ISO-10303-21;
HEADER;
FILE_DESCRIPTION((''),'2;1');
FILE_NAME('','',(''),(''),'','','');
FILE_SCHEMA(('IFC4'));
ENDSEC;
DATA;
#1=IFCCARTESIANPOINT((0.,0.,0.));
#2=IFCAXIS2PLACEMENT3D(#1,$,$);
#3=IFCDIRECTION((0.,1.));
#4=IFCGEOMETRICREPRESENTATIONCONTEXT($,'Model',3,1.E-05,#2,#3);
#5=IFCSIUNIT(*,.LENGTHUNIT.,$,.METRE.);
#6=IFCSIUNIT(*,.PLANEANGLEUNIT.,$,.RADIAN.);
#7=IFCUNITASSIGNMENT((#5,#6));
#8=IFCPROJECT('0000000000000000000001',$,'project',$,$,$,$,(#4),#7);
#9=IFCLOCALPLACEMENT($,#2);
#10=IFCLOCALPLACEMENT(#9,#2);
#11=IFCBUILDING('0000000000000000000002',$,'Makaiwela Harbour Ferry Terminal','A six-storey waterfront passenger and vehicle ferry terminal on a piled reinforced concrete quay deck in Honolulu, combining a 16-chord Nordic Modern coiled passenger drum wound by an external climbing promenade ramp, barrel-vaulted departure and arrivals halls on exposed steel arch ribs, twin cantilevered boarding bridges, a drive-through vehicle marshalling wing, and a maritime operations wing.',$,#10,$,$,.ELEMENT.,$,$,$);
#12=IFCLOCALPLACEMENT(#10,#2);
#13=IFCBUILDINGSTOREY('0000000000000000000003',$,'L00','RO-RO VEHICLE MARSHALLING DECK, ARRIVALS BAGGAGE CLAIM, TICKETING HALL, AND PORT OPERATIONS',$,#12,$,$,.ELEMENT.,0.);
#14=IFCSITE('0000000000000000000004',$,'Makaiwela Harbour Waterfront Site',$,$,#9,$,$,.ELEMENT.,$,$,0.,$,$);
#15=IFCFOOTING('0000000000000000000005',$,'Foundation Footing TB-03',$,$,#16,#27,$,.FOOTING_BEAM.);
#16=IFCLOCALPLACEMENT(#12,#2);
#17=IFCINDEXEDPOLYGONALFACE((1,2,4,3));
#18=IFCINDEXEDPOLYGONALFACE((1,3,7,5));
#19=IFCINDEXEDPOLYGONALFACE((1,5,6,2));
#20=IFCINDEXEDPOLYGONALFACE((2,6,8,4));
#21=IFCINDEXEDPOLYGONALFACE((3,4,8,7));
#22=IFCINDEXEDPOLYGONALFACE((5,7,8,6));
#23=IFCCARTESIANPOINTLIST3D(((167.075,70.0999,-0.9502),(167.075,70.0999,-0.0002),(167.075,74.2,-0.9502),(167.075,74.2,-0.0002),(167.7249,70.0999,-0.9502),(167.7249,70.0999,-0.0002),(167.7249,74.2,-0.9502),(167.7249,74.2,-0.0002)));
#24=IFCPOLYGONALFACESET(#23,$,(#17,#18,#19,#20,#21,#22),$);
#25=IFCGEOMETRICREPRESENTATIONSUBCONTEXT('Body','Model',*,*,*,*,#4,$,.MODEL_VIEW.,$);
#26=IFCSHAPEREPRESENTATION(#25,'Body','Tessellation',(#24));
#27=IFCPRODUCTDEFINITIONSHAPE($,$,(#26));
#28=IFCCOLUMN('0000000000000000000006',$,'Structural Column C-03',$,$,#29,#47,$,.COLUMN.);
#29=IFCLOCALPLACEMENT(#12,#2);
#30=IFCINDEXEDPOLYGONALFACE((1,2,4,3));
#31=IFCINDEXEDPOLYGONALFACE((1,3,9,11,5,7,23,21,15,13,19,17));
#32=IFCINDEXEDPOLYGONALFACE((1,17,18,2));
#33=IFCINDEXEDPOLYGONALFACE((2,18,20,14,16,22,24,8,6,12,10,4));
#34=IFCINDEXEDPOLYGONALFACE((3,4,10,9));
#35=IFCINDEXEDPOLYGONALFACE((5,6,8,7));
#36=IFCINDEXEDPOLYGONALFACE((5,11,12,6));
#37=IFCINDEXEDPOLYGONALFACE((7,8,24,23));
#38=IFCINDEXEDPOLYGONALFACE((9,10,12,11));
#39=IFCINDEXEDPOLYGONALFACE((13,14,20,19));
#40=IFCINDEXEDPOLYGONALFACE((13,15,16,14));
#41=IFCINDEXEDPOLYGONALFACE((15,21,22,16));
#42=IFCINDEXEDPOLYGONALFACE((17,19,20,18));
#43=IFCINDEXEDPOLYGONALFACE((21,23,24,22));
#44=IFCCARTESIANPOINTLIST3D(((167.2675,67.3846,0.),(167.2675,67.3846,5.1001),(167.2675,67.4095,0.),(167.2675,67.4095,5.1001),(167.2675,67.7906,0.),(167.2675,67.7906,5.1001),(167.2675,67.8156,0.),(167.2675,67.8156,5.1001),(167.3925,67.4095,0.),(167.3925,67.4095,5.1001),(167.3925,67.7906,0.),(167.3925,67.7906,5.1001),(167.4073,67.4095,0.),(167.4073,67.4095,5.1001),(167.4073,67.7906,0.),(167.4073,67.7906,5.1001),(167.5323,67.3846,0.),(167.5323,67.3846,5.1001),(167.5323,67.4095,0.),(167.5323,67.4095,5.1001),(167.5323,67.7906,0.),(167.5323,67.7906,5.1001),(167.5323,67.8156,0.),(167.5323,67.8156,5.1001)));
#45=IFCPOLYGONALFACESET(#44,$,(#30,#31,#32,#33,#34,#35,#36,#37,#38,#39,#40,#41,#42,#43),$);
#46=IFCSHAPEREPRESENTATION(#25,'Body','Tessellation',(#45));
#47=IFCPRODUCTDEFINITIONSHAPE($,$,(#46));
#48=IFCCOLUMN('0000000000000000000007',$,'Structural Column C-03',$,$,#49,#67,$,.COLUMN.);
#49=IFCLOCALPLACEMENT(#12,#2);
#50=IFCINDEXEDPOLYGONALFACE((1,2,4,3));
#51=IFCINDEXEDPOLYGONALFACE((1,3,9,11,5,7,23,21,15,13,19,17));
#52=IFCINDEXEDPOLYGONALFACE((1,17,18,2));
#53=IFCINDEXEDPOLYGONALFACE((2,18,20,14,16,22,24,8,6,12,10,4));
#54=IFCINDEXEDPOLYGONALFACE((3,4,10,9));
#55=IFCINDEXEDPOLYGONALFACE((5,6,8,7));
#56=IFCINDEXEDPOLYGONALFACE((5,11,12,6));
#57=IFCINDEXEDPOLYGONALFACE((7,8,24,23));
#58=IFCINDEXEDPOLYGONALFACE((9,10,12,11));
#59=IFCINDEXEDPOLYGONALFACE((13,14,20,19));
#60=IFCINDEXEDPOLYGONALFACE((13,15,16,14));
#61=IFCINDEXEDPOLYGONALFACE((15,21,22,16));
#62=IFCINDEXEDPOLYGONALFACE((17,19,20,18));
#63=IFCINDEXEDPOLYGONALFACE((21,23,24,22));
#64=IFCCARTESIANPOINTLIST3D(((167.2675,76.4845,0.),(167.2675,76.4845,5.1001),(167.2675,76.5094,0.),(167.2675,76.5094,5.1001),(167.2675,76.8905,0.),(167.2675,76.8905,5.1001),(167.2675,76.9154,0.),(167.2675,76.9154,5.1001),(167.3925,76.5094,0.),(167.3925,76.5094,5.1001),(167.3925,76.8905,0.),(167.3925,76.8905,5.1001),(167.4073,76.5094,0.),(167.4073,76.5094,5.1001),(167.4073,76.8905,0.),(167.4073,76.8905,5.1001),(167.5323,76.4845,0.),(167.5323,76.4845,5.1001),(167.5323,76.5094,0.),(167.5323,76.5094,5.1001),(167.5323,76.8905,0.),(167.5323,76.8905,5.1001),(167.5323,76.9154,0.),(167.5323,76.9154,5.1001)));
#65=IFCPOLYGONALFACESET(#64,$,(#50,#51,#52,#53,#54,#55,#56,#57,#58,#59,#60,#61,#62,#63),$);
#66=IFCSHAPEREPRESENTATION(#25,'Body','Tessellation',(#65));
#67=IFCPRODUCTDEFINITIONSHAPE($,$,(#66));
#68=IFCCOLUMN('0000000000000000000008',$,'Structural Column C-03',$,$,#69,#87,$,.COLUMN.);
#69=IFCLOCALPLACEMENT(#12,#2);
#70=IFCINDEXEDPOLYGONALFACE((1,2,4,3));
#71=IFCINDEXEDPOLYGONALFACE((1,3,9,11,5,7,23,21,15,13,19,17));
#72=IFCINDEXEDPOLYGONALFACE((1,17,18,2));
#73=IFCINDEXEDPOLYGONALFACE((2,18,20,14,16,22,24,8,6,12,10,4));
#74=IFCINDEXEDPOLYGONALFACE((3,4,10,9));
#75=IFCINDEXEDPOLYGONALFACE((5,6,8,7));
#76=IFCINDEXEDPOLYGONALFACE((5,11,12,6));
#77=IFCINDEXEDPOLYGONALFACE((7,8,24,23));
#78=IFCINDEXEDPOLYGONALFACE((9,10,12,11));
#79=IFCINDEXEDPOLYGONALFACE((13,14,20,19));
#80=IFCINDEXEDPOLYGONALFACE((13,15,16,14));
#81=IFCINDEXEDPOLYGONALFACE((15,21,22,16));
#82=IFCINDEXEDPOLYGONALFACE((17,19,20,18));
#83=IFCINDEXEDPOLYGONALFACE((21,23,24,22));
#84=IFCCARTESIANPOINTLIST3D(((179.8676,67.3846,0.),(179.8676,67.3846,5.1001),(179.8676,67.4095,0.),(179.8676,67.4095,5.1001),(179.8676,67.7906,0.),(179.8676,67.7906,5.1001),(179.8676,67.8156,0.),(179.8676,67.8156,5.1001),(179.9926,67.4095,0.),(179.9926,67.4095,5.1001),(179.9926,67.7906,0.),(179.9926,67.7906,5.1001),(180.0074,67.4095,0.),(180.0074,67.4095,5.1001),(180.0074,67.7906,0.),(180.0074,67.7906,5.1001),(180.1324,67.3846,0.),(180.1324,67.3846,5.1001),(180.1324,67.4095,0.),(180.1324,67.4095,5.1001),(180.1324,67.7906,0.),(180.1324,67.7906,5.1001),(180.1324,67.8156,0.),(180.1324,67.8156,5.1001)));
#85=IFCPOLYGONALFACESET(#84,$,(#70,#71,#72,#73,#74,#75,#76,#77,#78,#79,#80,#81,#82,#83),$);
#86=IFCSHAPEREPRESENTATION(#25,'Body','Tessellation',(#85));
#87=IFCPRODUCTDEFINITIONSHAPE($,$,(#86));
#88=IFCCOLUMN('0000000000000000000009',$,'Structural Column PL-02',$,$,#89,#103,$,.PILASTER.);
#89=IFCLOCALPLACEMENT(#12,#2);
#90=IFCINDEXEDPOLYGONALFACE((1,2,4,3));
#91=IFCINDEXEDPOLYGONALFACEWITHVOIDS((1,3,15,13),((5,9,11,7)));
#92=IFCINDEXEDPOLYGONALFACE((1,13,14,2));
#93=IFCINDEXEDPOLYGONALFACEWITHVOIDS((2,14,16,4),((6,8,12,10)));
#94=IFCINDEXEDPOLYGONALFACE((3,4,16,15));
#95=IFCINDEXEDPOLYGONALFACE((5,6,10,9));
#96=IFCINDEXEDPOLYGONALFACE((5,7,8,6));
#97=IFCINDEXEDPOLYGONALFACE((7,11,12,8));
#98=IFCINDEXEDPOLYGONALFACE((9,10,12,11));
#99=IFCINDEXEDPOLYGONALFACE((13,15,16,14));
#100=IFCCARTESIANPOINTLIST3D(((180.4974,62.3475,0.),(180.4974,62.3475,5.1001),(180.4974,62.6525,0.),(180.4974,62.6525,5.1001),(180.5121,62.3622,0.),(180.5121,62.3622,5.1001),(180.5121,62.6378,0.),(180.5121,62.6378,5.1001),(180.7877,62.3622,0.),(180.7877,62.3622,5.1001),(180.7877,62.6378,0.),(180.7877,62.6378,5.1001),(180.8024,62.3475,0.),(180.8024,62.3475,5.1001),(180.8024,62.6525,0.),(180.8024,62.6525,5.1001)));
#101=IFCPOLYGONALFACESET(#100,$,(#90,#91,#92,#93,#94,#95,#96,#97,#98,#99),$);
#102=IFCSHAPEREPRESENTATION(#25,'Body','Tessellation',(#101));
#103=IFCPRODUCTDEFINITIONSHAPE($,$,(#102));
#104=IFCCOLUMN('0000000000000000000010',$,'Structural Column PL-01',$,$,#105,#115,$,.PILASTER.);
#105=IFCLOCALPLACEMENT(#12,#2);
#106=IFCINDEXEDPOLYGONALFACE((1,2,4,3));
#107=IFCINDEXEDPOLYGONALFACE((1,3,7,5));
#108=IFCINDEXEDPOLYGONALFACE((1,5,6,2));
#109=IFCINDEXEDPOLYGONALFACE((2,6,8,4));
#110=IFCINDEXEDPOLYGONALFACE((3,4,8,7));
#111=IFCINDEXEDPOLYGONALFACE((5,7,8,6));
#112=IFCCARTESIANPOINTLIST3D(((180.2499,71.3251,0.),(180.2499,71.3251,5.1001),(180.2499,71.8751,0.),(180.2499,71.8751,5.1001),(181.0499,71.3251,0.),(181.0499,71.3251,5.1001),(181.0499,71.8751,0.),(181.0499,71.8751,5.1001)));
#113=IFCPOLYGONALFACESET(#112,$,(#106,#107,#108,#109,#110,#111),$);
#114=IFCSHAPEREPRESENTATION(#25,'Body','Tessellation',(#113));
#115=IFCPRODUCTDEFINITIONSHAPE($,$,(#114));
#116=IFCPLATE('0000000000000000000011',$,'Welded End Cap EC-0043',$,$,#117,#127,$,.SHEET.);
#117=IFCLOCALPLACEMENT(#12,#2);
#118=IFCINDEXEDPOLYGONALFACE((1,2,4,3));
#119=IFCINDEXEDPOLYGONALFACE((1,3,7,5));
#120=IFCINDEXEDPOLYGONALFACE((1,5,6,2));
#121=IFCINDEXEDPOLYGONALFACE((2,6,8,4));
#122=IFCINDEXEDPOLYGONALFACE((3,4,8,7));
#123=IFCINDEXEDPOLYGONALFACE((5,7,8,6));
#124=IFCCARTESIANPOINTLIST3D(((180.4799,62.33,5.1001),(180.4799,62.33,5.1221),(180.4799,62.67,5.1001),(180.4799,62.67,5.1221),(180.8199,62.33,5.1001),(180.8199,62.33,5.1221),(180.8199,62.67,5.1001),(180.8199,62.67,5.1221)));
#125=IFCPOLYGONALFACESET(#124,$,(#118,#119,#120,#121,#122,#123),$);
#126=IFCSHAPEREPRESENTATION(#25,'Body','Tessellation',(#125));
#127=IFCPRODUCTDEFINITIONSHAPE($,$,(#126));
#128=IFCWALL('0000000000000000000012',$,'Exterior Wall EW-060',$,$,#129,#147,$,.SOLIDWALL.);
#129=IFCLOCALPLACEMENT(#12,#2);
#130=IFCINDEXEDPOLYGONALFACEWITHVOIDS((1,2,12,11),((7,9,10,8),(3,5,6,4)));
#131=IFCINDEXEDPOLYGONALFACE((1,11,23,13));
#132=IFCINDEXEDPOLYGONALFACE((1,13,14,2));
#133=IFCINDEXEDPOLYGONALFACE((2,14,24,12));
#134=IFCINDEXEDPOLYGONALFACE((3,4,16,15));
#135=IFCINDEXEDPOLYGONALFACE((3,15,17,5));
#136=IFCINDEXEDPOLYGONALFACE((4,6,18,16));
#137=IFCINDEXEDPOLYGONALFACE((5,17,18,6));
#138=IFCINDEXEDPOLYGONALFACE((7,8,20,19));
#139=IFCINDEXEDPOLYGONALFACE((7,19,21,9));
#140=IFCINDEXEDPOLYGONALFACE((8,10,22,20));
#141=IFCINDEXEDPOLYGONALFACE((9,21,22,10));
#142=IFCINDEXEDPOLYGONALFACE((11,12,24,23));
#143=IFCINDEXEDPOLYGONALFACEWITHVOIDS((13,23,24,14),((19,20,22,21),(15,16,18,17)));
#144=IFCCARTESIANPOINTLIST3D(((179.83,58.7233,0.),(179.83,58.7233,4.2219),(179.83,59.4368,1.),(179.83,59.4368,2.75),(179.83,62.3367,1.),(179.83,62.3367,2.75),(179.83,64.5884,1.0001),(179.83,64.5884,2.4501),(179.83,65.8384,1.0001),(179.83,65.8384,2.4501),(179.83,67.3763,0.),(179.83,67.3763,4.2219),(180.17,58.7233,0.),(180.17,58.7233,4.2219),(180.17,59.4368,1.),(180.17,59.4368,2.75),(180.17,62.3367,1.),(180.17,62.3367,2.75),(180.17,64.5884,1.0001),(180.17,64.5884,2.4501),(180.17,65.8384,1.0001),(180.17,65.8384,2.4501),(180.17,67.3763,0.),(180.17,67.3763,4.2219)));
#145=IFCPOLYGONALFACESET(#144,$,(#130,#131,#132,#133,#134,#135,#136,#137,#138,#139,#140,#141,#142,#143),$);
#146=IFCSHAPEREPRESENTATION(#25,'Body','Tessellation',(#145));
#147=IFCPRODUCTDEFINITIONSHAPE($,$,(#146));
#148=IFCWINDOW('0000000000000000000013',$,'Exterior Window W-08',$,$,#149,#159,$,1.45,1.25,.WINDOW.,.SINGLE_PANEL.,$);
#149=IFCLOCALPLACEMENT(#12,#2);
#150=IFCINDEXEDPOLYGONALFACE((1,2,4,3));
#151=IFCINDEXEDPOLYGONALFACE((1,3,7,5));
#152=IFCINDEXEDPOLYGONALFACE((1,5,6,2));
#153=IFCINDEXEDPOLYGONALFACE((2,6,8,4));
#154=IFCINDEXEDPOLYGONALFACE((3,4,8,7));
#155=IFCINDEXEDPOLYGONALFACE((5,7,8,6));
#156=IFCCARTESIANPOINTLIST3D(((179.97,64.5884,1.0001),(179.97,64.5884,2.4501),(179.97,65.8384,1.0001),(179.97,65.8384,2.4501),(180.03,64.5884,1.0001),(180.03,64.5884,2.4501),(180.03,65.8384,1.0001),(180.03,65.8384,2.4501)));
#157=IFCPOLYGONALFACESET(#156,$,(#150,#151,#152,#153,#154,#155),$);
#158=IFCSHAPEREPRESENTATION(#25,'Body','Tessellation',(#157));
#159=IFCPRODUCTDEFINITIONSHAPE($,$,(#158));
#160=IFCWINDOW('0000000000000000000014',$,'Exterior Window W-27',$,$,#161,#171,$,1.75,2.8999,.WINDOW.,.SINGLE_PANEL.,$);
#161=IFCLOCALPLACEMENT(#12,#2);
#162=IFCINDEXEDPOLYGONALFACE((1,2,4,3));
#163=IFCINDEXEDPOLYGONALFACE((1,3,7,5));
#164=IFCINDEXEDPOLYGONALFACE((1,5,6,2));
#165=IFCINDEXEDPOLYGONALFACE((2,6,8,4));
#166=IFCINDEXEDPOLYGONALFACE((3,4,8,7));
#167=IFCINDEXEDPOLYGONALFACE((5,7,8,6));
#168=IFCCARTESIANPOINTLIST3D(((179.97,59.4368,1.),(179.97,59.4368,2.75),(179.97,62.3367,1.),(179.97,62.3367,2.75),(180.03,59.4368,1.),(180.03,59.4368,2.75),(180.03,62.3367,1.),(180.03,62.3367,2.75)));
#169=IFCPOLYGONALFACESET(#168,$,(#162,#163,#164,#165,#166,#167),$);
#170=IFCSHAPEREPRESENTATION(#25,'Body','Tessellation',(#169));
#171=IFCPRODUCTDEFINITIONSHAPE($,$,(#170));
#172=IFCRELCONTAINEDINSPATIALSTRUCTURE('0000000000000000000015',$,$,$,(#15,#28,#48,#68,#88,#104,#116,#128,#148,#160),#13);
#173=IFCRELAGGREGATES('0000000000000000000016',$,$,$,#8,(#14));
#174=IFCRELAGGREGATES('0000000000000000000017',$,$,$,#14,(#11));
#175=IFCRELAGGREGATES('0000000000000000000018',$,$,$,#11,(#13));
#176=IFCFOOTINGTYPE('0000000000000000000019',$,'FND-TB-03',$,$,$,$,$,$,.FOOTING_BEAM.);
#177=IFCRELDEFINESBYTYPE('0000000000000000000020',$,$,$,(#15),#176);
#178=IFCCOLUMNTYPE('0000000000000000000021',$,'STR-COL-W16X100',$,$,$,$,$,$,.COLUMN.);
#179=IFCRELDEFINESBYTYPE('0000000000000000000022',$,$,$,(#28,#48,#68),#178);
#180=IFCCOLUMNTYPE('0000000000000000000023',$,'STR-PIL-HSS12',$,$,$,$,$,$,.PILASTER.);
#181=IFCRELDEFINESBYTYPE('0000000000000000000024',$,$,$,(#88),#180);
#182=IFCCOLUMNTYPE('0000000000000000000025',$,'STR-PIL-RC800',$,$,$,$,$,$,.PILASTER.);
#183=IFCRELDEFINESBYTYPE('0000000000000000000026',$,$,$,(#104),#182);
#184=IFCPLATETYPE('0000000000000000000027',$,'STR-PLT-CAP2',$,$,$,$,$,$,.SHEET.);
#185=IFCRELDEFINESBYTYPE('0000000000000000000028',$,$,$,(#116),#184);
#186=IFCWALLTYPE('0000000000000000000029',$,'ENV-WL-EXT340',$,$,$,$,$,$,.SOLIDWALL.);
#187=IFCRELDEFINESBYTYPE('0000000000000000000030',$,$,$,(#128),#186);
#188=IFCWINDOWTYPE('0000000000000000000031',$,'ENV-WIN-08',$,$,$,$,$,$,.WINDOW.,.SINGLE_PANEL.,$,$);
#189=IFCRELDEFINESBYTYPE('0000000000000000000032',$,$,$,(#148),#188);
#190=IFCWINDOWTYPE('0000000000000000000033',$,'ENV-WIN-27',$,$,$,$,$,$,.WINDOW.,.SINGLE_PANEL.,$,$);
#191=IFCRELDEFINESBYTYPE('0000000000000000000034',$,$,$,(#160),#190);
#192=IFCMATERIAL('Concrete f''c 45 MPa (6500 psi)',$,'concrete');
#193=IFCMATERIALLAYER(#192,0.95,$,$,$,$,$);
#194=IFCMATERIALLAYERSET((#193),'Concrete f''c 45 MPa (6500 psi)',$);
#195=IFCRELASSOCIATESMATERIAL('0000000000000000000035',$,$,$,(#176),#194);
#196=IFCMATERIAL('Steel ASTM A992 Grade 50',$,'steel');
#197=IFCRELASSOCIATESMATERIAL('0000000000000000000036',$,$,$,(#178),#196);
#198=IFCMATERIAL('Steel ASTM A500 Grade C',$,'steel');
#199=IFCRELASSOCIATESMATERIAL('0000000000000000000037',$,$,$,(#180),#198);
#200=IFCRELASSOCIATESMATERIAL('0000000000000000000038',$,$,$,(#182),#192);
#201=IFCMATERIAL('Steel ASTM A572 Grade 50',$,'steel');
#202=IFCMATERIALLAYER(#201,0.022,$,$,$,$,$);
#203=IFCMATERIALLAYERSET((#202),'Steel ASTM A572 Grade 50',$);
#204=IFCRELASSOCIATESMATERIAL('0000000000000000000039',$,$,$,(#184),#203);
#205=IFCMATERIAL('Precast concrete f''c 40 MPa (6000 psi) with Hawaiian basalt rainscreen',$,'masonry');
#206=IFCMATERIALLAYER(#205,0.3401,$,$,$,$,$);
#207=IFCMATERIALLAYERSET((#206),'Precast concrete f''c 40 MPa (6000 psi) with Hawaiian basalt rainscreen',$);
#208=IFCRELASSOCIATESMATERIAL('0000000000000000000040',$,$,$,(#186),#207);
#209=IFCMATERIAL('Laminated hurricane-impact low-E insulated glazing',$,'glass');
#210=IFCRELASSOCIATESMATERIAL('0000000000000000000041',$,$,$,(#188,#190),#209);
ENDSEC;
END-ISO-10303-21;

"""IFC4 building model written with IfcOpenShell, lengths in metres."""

from ifc_helpers import new_model, si_unit, direction, frame, frame_2d, origin, origin_2d, place, context, subcontext, project, spatial, rectangle, hollow_rectangle, i_section, extrude, material, layer, layer_set, material_profile, profile_set, type_object, element, fill, save


model = new_model("IFC4")

# Units and contexts
model_context = context("Model", 3, precision=1e-05, world=origin(), true_north=direction((0.0, 1.0)))
body_context = subcontext(model_context, "Body", "Model", "MODEL_VIEW")
ifc_project = project(units=[si_unit("LENGTHUNIT", "METRE"), si_unit("PLANEANGLEUNIT", "RADIAN")], contexts=[model_context])

# Site, building, storey
site_placement = place(None, origin())
site = spatial("IfcSite", under=ifc_project, at=site_placement, Name="Makaiwela Harbour Waterfront Site", CompositionType="ELEMENT", RefElevation=0.0)
building_placement = place(site_placement, origin())
building = spatial("IfcBuilding", under=site, at=building_placement, Name="Makaiwela Harbour Ferry Terminal", Description="A six-storey waterfront passenger and vehicle ferry terminal on a piled reinforced concrete quay deck in Honolulu, combining a 16-chord Nordic Modern coiled passenger drum wound by an external climbing promenade ramp, barrel-vaulted departure and arrivals halls on exposed steel arch ribs, twin cantilevered boarding bridges, a drive-through vehicle marshalling wing, and a maritime operations wing.", CompositionType="ELEMENT")
storey_placement = place(building_placement, origin())
storey = spatial("IfcBuildingStorey", under=building, at=storey_placement, Name="L00", Description="RO-RO VEHICLE MARSHALLING DECK, ARRIVALS BAGGAGE CLAIM, TICKETING HALL, AND PORT OPERATIONS", CompositionType="ELEMENT", Elevation=0.0)

# Shared definitions
ifc_material_1 = material(Name="Concrete f'c 45 MPa (6500 psi)", Category="concrete")

# Footing
ifc_layer_1 = layer(ifc_material_1, 0.95)
ifc_layer_set_1 = layer_set([ifc_layer_1], Name="Concrete f'c 45 MPa (6500 psi)")
footing_type_1 = type_object("IfcFootingType", Name="FND-TB-03", PredefinedType="FOOTING_BEAM", material=ifc_layer_set_1)
footing_1_placement = place(storey_placement, frame((167.3999, 72.1499, -0.9502), z_axis=(0.0, 0.0, 1.0), x_axis=(0.0, 1.0, 0.0)))
element("IfcFooting", 1, at=footing_1_placement, inside=storey, type_object=footing_type_1, Name="Foundation Footing TB-03", PredefinedType="FOOTING_BEAM", context=body_context, shape_type="SweptSolid", body=[
    extrude(rectangle(XDim=4.1001, YDim=0.6499, at=origin_2d()), origin(), (0.0, 0.0, 1.0), 0.95),
])

# Columns
ifc_material_2 = material(Name="Steel ASTM A992 Grade 50", Category="steel")
ifc_material_profile_1 = material_profile(ifc_material_2, i_section(OverallWidth=0.2649, OverallDepth=0.4309, WebThickness=0.0149, FlangeThickness=0.0249, at=origin_2d()), Name="W16X100")
ifc_profile_set_1 = profile_set([ifc_material_profile_1], Name="Steel ASTM A992 Grade 50")
column_type_1 = type_object("IfcColumnType", Name="STR-COL-W16X100", PredefinedType="COLUMN", material=ifc_profile_set_1)
for number, where, z_axis, x_axis, name in (
    (2, (167.3999, 67.6001, 0.0), (0.0, 0.0, 1.0), (1.0, 0.0, 0.0), "Structural Column C-03"),
    (3, (167.3999, 76.7, 0.0), (0.0, 0.0, 1.0), (1.0, 0.0, 0.0), "Structural Column C-03"),
    (4, (180.0, 67.6001, 0.0), (0.0, 0.0, 1.0), (1.0, 0.0, 0.0), "Structural Column C-03"),
):
    element("IfcColumn", number, at=place(storey_placement, frame(where, z_axis=z_axis, x_axis=x_axis)), inside=storey, type_object=column_type_1, Name=name, PredefinedType="COLUMN", context=body_context, shape_type="SweptSolid", body=[
        extrude(i_section(OverallWidth=0.2649, OverallDepth=0.4309, WebThickness=0.0149, FlangeThickness=0.0249, at=origin_2d()), origin(), (0.0, 0.0, 1.0), 5.1001),
    ])
ifc_material_3 = material(Name="Steel ASTM A500 Grade C", Category="steel")
ifc_material_profile_2 = material_profile(ifc_material_3, hollow_rectangle(XDim=0.3049, YDim=0.3049, WallThickness=0.0146, at=origin_2d()), Name="HSS12X12X5/8")
ifc_profile_set_2 = profile_set([ifc_material_profile_2], Name="Steel ASTM A500 Grade C")
column_type_2 = type_object("IfcColumnType", Name="STR-PIL-HSS12", PredefinedType="PILASTER", material=ifc_profile_set_2)
column_1_placement = place(storey_placement, frame((180.6499, 62.5, 0.0), z_axis=(0.0, 0.0, 1.0), x_axis=(0.0, 1.0, 0.0)))
element("IfcColumn", 5, at=column_1_placement, inside=storey, type_object=column_type_2, Name="Structural Column PL-02", PredefinedType="PILASTER", context=body_context, shape_type="SweptSolid", body=[
    extrude(hollow_rectangle(XDim=0.3049, YDim=0.3049, WallThickness=0.0146, at=origin_2d()), origin(), (0.0, 0.0, 1.0), 5.1001),
])
ifc_material_profile_3 = material_profile(ifc_material_1, rectangle(XDim=0.55, YDim=0.8, at=origin_2d()), Name="RC-800X550")
ifc_profile_set_3 = profile_set([ifc_material_profile_3], Name="Concrete f'c 45 MPa (6500 psi)")
column_type_3 = type_object("IfcColumnType", Name="STR-PIL-RC800", PredefinedType="PILASTER", material=ifc_profile_set_3)
column_2_placement = place(storey_placement, frame((180.6499, 71.6001, 0.0), z_axis=(0.0, 0.0, 1.0), x_axis=(0.0, 1.0, 0.0)))
element("IfcColumn", 6, at=column_2_placement, inside=storey, type_object=column_type_3, Name="Structural Column PL-01", PredefinedType="PILASTER", context=body_context, shape_type="SweptSolid", body=[
    extrude(rectangle(XDim=0.55, YDim=0.8, at=origin_2d()), origin(), (0.0, 0.0, 1.0), 5.1001),
])

# Plate
ifc_material_4 = material(Name="Steel ASTM A572 Grade 50", Category="steel")
ifc_layer_2 = layer(ifc_material_4, 0.022)
ifc_layer_set_2 = layer_set([ifc_layer_2], Name="Steel ASTM A572 Grade 50")
plate_type = type_object("IfcPlateType", Name="STR-PLT-CAP2", PredefinedType="SHEET", material=ifc_layer_set_2)
plate_placement = place(storey_placement, frame((180.6499, 62.5, 5.1001), z_axis=(0.0, 0.0, 1.0), x_axis=(1.0, 0.0, 0.0)))
element("IfcPlate", 7, at=plate_placement, inside=storey, type_object=plate_type, Name="Welded End Cap EC-0043", PredefinedType="SHEET", context=body_context, shape_type="SweptSolid", body=[
    extrude(rectangle(XDim=0.3401, YDim=0.3401, at=origin_2d()), origin(), (0.0, 0.0, 1.0), 0.022),
])

# Wall, openings, windows
ifc_material_5 = material(Name="Precast concrete f'c 40 MPa (6000 psi) with Hawaiian basalt rainscreen", Category="masonry")
ifc_layer_3 = layer(ifc_material_5, 0.3401)
ifc_layer_set_3 = layer_set([ifc_layer_3], Name="Precast concrete f'c 40 MPa (6000 psi) with Hawaiian basalt rainscreen")
wall_type = type_object("IfcWallType", Name="ENV-WL-EXT340", PredefinedType="SOLIDWALL", material=ifc_layer_set_3)
wall_1_placement = place(storey_placement, frame((180.0, 67.3765, 0.0), z_axis=(0.0, 0.0, 1.0), x_axis=(0.0, -1.0, 0.0)))
wall_1 = element("IfcWall", 8, at=wall_1_placement, inside=storey, type_object=wall_type, Name="Exterior Wall EW-060", PredefinedType="SOLIDWALL", context=body_context, shape_type="SweptSolid", body=[
    extrude(rectangle(XDim=8.6531, YDim=0.3401, at=frame_2d((4.3267, 0.0))), origin(), (0.0, 0.0, 1.0), 4.2219),
])
opening_1_placement = place(wall_1_placement, frame((1.5381, 0.0, 1.0)))
opening_1 = element("IfcOpeningElement", 9, at=opening_1_placement, cuts=wall_1, PredefinedType="OPENING", context=body_context, shape_type="SweptSolid", body=[
    extrude(rectangle(XDim=1.25, YDim=1.45, at=frame_2d((0.625, 0.7251))), frame((0.0, 0.1799, 0.0), z_axis=(0.0, -1.0, 0.0), x_axis=(1.0, 0.0, 0.0)), (0.0, 0.0, 1.0), 0.3601),
])
opening_2_placement = place(wall_1_placement, frame((5.0398, 0.0, 1.0)))
opening_2 = element("IfcOpeningElement", 10, at=opening_2_placement, cuts=wall_1, PredefinedType="OPENING", context=body_context, shape_type="SweptSolid", body=[
    extrude(rectangle(XDim=2.8999, YDim=1.75, at=frame_2d((1.45, 0.875))), frame((0.0, 0.1799, 0.0), z_axis=(0.0, -1.0, 0.0), x_axis=(1.0, 0.0, 0.0)), (0.0, 0.0, 1.0), 0.3601),
])
ifc_material_6 = material(Name="Laminated hurricane-impact low-E insulated glazing", Category="glass")
window_type_1 = type_object("IfcWindowType", Name="ENV-WIN-08", PartitioningType="SINGLE_PANEL", PredefinedType="WINDOW", material=ifc_material_6)
window_1_placement = place(opening_1_placement, origin())
window_1 = element("IfcWindow", 11, at=window_1_placement, inside=storey, type_object=window_type_1, Name="Exterior Window W-08", OverallHeight=1.45, OverallWidth=1.25, PartitioningType="SINGLE_PANEL", PredefinedType="WINDOW", context=body_context, shape_type="SweptSolid", body=[
    extrude(rectangle(XDim=1.25, YDim=1.45, at=frame_2d((0.625, 0.7251))), frame((0.0, 0.03, 0.0), z_axis=(0.0, -1.0, 0.0), x_axis=(1.0, 0.0, 0.0)), (0.0, 0.0, 1.0), 0.0601),
])
fill(opening_1, window_1)
window_type_2 = type_object("IfcWindowType", Name="ENV-WIN-27", PartitioningType="SINGLE_PANEL", PredefinedType="WINDOW", material=ifc_material_6)
window_2_placement = place(opening_2_placement, origin())
window_2 = element("IfcWindow", 12, at=window_2_placement, inside=storey, type_object=window_type_2, Name="Exterior Window W-27", OverallHeight=1.75, OverallWidth=2.8999, PartitioningType="SINGLE_PANEL", PredefinedType="WINDOW", context=body_context, shape_type="SweptSolid", body=[
    extrude(rectangle(XDim=2.8999, YDim=1.75, at=frame_2d((1.45, 0.875))), frame((0.0, 0.03, 0.0), z_axis=(0.0, -1.0, 0.0), x_axis=(1.0, 0.0, 0.0)), (0.0, 0.0, 1.0), 0.0601),
])
fill(opening_2, window_2)

save(model, "model.ifc")
